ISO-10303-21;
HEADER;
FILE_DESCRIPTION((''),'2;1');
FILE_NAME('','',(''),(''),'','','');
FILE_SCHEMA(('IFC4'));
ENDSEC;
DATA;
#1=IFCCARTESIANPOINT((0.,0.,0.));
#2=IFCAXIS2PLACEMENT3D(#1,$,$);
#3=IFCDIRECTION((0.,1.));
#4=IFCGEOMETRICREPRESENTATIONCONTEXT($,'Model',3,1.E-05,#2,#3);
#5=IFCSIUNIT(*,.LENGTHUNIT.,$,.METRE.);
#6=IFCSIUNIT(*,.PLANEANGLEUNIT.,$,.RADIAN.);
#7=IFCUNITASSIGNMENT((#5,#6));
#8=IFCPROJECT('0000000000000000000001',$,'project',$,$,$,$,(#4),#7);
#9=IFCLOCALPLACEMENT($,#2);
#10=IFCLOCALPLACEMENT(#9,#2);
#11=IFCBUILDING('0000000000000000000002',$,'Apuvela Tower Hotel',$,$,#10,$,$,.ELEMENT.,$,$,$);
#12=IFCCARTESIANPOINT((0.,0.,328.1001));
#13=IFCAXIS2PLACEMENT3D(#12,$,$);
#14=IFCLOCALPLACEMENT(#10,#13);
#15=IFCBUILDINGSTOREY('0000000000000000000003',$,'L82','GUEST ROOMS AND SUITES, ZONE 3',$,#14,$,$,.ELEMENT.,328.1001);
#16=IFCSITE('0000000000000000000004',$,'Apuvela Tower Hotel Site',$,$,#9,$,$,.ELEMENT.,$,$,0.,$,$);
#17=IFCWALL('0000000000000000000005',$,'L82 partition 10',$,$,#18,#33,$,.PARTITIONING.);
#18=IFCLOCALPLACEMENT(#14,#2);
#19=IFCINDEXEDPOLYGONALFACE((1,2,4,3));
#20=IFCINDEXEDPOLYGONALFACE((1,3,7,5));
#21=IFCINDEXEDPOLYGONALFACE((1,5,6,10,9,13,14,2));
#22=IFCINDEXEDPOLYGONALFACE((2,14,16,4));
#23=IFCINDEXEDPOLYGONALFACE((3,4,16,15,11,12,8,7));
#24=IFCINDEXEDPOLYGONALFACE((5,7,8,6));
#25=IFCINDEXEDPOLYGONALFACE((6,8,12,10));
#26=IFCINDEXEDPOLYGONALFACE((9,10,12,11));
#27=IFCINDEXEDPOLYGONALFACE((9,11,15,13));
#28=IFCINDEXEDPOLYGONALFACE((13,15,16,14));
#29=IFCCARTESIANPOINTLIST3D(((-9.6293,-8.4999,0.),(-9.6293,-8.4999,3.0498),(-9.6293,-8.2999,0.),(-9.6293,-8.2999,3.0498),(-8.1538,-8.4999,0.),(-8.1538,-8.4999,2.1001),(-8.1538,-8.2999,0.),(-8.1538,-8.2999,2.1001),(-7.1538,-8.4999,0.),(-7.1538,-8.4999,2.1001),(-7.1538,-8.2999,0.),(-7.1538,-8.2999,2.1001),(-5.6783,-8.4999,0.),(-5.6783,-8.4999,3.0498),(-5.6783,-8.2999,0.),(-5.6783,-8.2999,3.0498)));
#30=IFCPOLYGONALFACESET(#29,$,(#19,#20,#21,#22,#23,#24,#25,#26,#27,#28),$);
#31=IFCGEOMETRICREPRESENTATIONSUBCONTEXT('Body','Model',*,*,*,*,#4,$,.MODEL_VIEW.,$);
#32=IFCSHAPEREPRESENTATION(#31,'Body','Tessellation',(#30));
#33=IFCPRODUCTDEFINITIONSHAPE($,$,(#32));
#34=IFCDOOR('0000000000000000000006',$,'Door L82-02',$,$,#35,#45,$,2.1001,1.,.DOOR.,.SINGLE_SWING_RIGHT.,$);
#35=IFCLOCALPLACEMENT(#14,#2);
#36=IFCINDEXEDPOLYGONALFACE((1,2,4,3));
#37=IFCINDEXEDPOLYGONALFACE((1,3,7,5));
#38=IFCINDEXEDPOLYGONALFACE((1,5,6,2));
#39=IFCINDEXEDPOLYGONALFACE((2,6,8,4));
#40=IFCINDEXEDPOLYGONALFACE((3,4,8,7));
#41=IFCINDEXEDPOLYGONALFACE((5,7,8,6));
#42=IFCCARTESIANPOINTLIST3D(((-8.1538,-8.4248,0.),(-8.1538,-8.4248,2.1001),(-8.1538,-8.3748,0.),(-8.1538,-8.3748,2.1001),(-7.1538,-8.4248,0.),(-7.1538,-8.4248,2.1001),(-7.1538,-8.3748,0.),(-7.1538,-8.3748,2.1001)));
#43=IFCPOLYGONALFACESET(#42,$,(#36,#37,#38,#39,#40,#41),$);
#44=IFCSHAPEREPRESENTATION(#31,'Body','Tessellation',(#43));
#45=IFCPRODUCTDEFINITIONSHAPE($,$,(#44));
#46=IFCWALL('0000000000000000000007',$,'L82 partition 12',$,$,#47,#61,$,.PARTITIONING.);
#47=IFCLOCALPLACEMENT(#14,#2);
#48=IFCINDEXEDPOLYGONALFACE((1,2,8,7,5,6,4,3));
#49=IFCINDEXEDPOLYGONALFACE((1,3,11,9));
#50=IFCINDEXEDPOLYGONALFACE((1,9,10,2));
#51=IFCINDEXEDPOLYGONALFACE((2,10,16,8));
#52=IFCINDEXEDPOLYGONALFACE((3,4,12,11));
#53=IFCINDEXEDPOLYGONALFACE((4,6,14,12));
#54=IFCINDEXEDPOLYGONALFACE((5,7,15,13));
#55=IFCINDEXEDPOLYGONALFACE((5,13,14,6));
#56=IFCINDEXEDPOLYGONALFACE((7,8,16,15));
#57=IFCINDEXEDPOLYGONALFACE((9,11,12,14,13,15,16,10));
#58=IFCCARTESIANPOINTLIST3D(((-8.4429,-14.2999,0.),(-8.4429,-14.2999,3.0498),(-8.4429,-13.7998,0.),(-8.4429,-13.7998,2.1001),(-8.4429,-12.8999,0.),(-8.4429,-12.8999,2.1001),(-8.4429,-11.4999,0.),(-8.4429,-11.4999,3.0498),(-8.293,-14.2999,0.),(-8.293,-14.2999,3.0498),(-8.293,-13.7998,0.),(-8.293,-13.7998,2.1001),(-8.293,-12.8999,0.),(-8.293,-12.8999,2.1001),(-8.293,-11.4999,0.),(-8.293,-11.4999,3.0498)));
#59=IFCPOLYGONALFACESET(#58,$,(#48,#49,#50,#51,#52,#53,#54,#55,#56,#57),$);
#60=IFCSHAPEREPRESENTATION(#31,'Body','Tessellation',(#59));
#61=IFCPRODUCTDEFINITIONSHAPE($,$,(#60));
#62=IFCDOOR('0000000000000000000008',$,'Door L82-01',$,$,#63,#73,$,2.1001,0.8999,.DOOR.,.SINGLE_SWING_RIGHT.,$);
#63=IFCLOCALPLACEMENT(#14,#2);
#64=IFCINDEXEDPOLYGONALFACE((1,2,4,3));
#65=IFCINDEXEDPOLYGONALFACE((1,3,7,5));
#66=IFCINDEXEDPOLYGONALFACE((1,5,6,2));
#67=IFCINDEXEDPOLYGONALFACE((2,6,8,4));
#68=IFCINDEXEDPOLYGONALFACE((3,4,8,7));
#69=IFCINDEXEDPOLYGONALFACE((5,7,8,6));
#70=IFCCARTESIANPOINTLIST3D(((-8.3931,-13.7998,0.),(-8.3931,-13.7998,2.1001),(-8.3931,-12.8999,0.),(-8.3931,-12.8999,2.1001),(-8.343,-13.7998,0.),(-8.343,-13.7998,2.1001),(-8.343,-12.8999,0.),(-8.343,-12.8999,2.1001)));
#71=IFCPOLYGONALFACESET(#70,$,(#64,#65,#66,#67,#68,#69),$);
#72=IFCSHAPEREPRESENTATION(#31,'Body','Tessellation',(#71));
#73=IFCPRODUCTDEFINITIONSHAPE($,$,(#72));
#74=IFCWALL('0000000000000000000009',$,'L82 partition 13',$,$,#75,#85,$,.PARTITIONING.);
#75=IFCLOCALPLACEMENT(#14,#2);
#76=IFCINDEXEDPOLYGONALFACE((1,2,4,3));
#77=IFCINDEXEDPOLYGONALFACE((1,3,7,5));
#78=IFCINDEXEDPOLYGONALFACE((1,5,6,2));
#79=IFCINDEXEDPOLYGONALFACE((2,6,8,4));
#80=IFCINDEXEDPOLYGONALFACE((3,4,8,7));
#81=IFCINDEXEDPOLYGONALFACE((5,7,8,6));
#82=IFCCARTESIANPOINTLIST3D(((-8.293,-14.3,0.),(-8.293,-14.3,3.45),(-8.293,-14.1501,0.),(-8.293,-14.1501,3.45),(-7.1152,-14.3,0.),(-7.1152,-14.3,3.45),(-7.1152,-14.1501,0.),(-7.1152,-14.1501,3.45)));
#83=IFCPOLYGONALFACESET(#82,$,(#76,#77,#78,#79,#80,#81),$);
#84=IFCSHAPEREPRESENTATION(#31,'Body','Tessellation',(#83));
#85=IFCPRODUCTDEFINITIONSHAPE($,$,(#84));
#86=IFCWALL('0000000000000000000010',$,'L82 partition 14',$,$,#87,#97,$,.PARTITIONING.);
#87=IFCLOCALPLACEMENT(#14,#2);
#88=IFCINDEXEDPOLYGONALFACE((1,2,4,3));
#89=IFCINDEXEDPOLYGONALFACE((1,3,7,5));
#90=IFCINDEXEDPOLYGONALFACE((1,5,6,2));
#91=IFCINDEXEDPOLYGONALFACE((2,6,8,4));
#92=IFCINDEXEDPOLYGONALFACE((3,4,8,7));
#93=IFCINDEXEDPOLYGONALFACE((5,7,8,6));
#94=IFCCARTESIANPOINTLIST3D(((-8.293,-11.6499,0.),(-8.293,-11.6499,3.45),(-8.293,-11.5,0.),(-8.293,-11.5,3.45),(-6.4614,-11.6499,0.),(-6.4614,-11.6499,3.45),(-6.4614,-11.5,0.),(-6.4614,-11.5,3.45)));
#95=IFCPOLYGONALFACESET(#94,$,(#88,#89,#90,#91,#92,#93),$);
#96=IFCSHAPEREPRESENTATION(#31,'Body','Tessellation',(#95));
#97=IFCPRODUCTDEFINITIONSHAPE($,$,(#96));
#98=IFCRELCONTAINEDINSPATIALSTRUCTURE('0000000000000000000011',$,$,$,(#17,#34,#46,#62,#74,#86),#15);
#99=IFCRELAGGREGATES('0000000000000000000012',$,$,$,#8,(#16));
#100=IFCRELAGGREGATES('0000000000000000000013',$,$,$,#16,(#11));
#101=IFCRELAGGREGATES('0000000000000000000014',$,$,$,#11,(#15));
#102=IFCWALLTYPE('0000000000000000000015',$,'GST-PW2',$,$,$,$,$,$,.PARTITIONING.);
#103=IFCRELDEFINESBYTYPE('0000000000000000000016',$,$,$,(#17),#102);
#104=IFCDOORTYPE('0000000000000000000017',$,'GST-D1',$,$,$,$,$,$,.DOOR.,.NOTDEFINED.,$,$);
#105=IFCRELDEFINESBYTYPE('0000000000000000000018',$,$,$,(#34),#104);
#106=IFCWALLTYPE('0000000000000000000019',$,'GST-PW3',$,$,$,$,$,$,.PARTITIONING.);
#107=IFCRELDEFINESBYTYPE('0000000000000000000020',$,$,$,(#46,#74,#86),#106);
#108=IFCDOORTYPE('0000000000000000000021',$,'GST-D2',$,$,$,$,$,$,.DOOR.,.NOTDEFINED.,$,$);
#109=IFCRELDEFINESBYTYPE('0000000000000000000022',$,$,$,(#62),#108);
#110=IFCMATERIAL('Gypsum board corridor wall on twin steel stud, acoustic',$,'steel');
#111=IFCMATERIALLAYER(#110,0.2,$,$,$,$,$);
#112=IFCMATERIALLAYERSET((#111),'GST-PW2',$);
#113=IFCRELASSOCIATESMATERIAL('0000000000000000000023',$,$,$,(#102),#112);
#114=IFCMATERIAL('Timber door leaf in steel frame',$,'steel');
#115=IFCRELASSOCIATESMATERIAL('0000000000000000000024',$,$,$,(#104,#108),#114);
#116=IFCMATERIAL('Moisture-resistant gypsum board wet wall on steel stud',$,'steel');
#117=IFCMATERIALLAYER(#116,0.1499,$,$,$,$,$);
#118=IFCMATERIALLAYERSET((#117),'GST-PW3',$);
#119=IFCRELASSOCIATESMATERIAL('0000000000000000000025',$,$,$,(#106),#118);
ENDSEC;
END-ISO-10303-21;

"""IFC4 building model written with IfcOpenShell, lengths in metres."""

from ifc_helpers import new_model, si_unit, direction, frame, frame_2d, origin, place, context, subcontext, project, spatial, rectangle, extrude, material, layer, layer_set, type_object, element, fill, save


model = new_model("IFC4")

# Units and contexts
model_context = context("Model", 3, precision=1e-05, world=origin(), true_north=direction((0.0, 1.0)))
body_context = subcontext(model_context, "Body", "Model", "MODEL_VIEW")
ifc_project = project(units=[si_unit("LENGTHUNIT", "METRE"), si_unit("PLANEANGLEUNIT", "RADIAN")], contexts=[model_context])

# Site, building, storey
site_placement = place(None, origin())
site = spatial("IfcSite", under=ifc_project, at=site_placement, Name="Apuvela Tower Hotel Site", CompositionType="ELEMENT", RefElevation=0.0)
building_placement = place(site_placement, origin())
building = spatial("IfcBuilding", under=site, at=building_placement, Name="Apuvela Tower Hotel", CompositionType="ELEMENT")
storey_placement = place(building_placement, frame((0.0, 0.0, 328.1001)))
storey = spatial("IfcBuildingStorey", under=building, at=storey_placement, Name="L82", Description="GUEST ROOMS AND SUITES, ZONE 3", CompositionType="ELEMENT", Elevation=328.1001)

# Walls, openings, doors
ifc_material_1 = material(Name="Gypsum board corridor wall on twin steel stud, acoustic", Category="steel")
ifc_layer_1 = layer(ifc_material_1, 0.2)
ifc_layer_set_1 = layer_set([ifc_layer_1], Name="GST-PW2")
wall_type_1 = type_object("IfcWallType", Name="GST-PW2", PredefinedType="PARTITIONING", material=ifc_layer_set_1)
wall_1_placement = place(storey_placement, frame((-5.6782, -8.3999, 0.0), z_axis=(0.0, 0.0, 1.0), x_axis=(-1.0, 0.0, 0.0)))
wall_1 = element("IfcWall", 1, at=wall_1_placement, inside=storey, type_object=wall_type_1, Name="L82 partition 10", PredefinedType="PARTITIONING", context=body_context, shape_type="SweptSolid", body=[
    extrude(rectangle(XDim=3.9509, YDim=0.2, at=frame_2d((1.9756, 0.0))), origin(), (0.0, 0.0, 1.0), 3.0498),
])
opening_1_placement = place(wall_1_placement, frame((1.4756, 0.0, 0.0)))
opening_1 = element("IfcOpeningElement", 2, at=opening_1_placement, cuts=wall_1, PredefinedType="OPENING", context=body_context, shape_type="SweptSolid", body=[
    extrude(rectangle(XDim=1.0, YDim=2.1001, at=frame_2d((0.5, 1.05))), frame((0.0, 0.1099, 0.0), z_axis=(0.0, -1.0, 0.0), x_axis=(1.0, 0.0, 0.0)), (0.0, 0.0, 1.0), 0.22),
])
ifc_material_2 = material(Name="Timber door leaf in steel frame", Category="steel")
door_type_1 = type_object("IfcDoorType", Name="GST-D1", OperationType="NOTDEFINED", PredefinedType="DOOR", material=ifc_material_2)
door_1_placement = place(opening_1_placement, origin())
door_1 = element("IfcDoor", 3, at=door_1_placement, inside=storey, type_object=door_type_1, Name="Door L82-02", OperationType="SINGLE_SWING_RIGHT", OverallHeight=2.1001, OverallWidth=1.0, PredefinedType="DOOR", context=body_context, shape_type="SweptSolid", body=[
    extrude(rectangle(XDim=1.0, YDim=2.1001, at=frame_2d((0.5, 1.05))), frame((0.0, 0.0249, 0.0), z_axis=(0.0, -1.0, 0.0), x_axis=(1.0, 0.0, 0.0)), (0.0, 0.0, 1.0), 0.05),
])
fill(opening_1, door_1)
ifc_material_3 = material(Name="Moisture-resistant gypsum board wet wall on steel stud", Category="steel")
ifc_layer_2 = layer(ifc_material_3, 0.1499)
ifc_layer_set_2 = layer_set([ifc_layer_2], Name="GST-PW3")
wall_type_2 = type_object("IfcWallType", Name="GST-PW3", PredefinedType="PARTITIONING", material=ifc_layer_set_2)
wall_2_placement = place(storey_placement, frame((-8.3679, -11.5, 0.0), z_axis=(0.0, 0.0, 1.0), x_axis=(0.0, -1.0, 0.0)))
wall_2 = element("IfcWall", 4, at=wall_2_placement, inside=storey, type_object=wall_type_2, Name="L82 partition 12", PredefinedType="PARTITIONING", context=body_context, shape_type="SweptSolid", body=[
    extrude(rectangle(XDim=2.8, YDim=0.1499, at=frame_2d((1.3999, 0.0))), origin(), (0.0, 0.0, 1.0), 3.0498),
])
opening_2_placement = place(wall_2_placement, frame((1.3999, 0.0, 0.0)))
opening_2 = element("IfcOpeningElement", 5, at=opening_2_placement, cuts=wall_2, PredefinedType="OPENING", context=body_context, shape_type="SweptSolid", body=[
    extrude(rectangle(XDim=0.8999, YDim=2.1001, at=frame_2d((0.45, 1.05))), frame((0.0, 0.085, 0.0), z_axis=(0.0, -1.0, 0.0), x_axis=(1.0, 0.0, 0.0)), (0.0, 0.0, 1.0), 0.1699),
])
door_type_2 = type_object("IfcDoorType", Name="GST-D2", OperationType="NOTDEFINED", PredefinedType="DOOR", material=ifc_material_2)
door_2_placement = place(opening_2_placement, origin())
door_2 = element("IfcDoor", 6, at=door_2_placement, inside=storey, type_object=door_type_2, Name="Door L82-01", OperationType="SINGLE_SWING_RIGHT", OverallHeight=2.1001, OverallWidth=0.8999, PredefinedType="DOOR", context=body_context, shape_type="SweptSolid", body=[
    extrude(rectangle(XDim=0.8999, YDim=2.1001, at=frame_2d((0.45, 1.05))), frame((0.0, 0.0249, 0.0), z_axis=(0.0, -1.0, 0.0), x_axis=(1.0, 0.0, 0.0)), (0.0, 0.0, 1.0), 0.05),
])
fill(opening_2, door_2)

# Walls
wall_3_placement = place(storey_placement, frame((-8.293, -14.2251, 0.0), z_axis=(0.0, 0.0, 1.0), x_axis=(1.0, 0.0, 0.0)))
element("IfcWall", 7, at=wall_3_placement, inside=storey, type_object=wall_type_2, Name="L82 partition 13", PredefinedType="PARTITIONING", context=body_context, shape_type="SweptSolid", body=[
    extrude(rectangle(XDim=1.1777, YDim=0.1499, at=frame_2d((0.5889, 0.0))), origin(), (0.0, 0.0, 1.0), 3.45),
])
wall_4_placement = place(storey_placement, frame((-8.293, -11.575, 0.0), z_axis=(0.0, 0.0, 1.0), x_axis=(1.0, 0.0, 0.0)))
element("IfcWall", 8, at=wall_4_placement, inside=storey, type_object=wall_type_2, Name="L82 partition 14", PredefinedType="PARTITIONING", context=body_context, shape_type="SweptSolid", body=[
    extrude(rectangle(XDim=1.8315, YDim=0.1499, at=frame_2d((0.9158, 0.0))), origin(), (0.0, 0.0, 1.0), 3.45),
])

save(model, "model.ifc")
